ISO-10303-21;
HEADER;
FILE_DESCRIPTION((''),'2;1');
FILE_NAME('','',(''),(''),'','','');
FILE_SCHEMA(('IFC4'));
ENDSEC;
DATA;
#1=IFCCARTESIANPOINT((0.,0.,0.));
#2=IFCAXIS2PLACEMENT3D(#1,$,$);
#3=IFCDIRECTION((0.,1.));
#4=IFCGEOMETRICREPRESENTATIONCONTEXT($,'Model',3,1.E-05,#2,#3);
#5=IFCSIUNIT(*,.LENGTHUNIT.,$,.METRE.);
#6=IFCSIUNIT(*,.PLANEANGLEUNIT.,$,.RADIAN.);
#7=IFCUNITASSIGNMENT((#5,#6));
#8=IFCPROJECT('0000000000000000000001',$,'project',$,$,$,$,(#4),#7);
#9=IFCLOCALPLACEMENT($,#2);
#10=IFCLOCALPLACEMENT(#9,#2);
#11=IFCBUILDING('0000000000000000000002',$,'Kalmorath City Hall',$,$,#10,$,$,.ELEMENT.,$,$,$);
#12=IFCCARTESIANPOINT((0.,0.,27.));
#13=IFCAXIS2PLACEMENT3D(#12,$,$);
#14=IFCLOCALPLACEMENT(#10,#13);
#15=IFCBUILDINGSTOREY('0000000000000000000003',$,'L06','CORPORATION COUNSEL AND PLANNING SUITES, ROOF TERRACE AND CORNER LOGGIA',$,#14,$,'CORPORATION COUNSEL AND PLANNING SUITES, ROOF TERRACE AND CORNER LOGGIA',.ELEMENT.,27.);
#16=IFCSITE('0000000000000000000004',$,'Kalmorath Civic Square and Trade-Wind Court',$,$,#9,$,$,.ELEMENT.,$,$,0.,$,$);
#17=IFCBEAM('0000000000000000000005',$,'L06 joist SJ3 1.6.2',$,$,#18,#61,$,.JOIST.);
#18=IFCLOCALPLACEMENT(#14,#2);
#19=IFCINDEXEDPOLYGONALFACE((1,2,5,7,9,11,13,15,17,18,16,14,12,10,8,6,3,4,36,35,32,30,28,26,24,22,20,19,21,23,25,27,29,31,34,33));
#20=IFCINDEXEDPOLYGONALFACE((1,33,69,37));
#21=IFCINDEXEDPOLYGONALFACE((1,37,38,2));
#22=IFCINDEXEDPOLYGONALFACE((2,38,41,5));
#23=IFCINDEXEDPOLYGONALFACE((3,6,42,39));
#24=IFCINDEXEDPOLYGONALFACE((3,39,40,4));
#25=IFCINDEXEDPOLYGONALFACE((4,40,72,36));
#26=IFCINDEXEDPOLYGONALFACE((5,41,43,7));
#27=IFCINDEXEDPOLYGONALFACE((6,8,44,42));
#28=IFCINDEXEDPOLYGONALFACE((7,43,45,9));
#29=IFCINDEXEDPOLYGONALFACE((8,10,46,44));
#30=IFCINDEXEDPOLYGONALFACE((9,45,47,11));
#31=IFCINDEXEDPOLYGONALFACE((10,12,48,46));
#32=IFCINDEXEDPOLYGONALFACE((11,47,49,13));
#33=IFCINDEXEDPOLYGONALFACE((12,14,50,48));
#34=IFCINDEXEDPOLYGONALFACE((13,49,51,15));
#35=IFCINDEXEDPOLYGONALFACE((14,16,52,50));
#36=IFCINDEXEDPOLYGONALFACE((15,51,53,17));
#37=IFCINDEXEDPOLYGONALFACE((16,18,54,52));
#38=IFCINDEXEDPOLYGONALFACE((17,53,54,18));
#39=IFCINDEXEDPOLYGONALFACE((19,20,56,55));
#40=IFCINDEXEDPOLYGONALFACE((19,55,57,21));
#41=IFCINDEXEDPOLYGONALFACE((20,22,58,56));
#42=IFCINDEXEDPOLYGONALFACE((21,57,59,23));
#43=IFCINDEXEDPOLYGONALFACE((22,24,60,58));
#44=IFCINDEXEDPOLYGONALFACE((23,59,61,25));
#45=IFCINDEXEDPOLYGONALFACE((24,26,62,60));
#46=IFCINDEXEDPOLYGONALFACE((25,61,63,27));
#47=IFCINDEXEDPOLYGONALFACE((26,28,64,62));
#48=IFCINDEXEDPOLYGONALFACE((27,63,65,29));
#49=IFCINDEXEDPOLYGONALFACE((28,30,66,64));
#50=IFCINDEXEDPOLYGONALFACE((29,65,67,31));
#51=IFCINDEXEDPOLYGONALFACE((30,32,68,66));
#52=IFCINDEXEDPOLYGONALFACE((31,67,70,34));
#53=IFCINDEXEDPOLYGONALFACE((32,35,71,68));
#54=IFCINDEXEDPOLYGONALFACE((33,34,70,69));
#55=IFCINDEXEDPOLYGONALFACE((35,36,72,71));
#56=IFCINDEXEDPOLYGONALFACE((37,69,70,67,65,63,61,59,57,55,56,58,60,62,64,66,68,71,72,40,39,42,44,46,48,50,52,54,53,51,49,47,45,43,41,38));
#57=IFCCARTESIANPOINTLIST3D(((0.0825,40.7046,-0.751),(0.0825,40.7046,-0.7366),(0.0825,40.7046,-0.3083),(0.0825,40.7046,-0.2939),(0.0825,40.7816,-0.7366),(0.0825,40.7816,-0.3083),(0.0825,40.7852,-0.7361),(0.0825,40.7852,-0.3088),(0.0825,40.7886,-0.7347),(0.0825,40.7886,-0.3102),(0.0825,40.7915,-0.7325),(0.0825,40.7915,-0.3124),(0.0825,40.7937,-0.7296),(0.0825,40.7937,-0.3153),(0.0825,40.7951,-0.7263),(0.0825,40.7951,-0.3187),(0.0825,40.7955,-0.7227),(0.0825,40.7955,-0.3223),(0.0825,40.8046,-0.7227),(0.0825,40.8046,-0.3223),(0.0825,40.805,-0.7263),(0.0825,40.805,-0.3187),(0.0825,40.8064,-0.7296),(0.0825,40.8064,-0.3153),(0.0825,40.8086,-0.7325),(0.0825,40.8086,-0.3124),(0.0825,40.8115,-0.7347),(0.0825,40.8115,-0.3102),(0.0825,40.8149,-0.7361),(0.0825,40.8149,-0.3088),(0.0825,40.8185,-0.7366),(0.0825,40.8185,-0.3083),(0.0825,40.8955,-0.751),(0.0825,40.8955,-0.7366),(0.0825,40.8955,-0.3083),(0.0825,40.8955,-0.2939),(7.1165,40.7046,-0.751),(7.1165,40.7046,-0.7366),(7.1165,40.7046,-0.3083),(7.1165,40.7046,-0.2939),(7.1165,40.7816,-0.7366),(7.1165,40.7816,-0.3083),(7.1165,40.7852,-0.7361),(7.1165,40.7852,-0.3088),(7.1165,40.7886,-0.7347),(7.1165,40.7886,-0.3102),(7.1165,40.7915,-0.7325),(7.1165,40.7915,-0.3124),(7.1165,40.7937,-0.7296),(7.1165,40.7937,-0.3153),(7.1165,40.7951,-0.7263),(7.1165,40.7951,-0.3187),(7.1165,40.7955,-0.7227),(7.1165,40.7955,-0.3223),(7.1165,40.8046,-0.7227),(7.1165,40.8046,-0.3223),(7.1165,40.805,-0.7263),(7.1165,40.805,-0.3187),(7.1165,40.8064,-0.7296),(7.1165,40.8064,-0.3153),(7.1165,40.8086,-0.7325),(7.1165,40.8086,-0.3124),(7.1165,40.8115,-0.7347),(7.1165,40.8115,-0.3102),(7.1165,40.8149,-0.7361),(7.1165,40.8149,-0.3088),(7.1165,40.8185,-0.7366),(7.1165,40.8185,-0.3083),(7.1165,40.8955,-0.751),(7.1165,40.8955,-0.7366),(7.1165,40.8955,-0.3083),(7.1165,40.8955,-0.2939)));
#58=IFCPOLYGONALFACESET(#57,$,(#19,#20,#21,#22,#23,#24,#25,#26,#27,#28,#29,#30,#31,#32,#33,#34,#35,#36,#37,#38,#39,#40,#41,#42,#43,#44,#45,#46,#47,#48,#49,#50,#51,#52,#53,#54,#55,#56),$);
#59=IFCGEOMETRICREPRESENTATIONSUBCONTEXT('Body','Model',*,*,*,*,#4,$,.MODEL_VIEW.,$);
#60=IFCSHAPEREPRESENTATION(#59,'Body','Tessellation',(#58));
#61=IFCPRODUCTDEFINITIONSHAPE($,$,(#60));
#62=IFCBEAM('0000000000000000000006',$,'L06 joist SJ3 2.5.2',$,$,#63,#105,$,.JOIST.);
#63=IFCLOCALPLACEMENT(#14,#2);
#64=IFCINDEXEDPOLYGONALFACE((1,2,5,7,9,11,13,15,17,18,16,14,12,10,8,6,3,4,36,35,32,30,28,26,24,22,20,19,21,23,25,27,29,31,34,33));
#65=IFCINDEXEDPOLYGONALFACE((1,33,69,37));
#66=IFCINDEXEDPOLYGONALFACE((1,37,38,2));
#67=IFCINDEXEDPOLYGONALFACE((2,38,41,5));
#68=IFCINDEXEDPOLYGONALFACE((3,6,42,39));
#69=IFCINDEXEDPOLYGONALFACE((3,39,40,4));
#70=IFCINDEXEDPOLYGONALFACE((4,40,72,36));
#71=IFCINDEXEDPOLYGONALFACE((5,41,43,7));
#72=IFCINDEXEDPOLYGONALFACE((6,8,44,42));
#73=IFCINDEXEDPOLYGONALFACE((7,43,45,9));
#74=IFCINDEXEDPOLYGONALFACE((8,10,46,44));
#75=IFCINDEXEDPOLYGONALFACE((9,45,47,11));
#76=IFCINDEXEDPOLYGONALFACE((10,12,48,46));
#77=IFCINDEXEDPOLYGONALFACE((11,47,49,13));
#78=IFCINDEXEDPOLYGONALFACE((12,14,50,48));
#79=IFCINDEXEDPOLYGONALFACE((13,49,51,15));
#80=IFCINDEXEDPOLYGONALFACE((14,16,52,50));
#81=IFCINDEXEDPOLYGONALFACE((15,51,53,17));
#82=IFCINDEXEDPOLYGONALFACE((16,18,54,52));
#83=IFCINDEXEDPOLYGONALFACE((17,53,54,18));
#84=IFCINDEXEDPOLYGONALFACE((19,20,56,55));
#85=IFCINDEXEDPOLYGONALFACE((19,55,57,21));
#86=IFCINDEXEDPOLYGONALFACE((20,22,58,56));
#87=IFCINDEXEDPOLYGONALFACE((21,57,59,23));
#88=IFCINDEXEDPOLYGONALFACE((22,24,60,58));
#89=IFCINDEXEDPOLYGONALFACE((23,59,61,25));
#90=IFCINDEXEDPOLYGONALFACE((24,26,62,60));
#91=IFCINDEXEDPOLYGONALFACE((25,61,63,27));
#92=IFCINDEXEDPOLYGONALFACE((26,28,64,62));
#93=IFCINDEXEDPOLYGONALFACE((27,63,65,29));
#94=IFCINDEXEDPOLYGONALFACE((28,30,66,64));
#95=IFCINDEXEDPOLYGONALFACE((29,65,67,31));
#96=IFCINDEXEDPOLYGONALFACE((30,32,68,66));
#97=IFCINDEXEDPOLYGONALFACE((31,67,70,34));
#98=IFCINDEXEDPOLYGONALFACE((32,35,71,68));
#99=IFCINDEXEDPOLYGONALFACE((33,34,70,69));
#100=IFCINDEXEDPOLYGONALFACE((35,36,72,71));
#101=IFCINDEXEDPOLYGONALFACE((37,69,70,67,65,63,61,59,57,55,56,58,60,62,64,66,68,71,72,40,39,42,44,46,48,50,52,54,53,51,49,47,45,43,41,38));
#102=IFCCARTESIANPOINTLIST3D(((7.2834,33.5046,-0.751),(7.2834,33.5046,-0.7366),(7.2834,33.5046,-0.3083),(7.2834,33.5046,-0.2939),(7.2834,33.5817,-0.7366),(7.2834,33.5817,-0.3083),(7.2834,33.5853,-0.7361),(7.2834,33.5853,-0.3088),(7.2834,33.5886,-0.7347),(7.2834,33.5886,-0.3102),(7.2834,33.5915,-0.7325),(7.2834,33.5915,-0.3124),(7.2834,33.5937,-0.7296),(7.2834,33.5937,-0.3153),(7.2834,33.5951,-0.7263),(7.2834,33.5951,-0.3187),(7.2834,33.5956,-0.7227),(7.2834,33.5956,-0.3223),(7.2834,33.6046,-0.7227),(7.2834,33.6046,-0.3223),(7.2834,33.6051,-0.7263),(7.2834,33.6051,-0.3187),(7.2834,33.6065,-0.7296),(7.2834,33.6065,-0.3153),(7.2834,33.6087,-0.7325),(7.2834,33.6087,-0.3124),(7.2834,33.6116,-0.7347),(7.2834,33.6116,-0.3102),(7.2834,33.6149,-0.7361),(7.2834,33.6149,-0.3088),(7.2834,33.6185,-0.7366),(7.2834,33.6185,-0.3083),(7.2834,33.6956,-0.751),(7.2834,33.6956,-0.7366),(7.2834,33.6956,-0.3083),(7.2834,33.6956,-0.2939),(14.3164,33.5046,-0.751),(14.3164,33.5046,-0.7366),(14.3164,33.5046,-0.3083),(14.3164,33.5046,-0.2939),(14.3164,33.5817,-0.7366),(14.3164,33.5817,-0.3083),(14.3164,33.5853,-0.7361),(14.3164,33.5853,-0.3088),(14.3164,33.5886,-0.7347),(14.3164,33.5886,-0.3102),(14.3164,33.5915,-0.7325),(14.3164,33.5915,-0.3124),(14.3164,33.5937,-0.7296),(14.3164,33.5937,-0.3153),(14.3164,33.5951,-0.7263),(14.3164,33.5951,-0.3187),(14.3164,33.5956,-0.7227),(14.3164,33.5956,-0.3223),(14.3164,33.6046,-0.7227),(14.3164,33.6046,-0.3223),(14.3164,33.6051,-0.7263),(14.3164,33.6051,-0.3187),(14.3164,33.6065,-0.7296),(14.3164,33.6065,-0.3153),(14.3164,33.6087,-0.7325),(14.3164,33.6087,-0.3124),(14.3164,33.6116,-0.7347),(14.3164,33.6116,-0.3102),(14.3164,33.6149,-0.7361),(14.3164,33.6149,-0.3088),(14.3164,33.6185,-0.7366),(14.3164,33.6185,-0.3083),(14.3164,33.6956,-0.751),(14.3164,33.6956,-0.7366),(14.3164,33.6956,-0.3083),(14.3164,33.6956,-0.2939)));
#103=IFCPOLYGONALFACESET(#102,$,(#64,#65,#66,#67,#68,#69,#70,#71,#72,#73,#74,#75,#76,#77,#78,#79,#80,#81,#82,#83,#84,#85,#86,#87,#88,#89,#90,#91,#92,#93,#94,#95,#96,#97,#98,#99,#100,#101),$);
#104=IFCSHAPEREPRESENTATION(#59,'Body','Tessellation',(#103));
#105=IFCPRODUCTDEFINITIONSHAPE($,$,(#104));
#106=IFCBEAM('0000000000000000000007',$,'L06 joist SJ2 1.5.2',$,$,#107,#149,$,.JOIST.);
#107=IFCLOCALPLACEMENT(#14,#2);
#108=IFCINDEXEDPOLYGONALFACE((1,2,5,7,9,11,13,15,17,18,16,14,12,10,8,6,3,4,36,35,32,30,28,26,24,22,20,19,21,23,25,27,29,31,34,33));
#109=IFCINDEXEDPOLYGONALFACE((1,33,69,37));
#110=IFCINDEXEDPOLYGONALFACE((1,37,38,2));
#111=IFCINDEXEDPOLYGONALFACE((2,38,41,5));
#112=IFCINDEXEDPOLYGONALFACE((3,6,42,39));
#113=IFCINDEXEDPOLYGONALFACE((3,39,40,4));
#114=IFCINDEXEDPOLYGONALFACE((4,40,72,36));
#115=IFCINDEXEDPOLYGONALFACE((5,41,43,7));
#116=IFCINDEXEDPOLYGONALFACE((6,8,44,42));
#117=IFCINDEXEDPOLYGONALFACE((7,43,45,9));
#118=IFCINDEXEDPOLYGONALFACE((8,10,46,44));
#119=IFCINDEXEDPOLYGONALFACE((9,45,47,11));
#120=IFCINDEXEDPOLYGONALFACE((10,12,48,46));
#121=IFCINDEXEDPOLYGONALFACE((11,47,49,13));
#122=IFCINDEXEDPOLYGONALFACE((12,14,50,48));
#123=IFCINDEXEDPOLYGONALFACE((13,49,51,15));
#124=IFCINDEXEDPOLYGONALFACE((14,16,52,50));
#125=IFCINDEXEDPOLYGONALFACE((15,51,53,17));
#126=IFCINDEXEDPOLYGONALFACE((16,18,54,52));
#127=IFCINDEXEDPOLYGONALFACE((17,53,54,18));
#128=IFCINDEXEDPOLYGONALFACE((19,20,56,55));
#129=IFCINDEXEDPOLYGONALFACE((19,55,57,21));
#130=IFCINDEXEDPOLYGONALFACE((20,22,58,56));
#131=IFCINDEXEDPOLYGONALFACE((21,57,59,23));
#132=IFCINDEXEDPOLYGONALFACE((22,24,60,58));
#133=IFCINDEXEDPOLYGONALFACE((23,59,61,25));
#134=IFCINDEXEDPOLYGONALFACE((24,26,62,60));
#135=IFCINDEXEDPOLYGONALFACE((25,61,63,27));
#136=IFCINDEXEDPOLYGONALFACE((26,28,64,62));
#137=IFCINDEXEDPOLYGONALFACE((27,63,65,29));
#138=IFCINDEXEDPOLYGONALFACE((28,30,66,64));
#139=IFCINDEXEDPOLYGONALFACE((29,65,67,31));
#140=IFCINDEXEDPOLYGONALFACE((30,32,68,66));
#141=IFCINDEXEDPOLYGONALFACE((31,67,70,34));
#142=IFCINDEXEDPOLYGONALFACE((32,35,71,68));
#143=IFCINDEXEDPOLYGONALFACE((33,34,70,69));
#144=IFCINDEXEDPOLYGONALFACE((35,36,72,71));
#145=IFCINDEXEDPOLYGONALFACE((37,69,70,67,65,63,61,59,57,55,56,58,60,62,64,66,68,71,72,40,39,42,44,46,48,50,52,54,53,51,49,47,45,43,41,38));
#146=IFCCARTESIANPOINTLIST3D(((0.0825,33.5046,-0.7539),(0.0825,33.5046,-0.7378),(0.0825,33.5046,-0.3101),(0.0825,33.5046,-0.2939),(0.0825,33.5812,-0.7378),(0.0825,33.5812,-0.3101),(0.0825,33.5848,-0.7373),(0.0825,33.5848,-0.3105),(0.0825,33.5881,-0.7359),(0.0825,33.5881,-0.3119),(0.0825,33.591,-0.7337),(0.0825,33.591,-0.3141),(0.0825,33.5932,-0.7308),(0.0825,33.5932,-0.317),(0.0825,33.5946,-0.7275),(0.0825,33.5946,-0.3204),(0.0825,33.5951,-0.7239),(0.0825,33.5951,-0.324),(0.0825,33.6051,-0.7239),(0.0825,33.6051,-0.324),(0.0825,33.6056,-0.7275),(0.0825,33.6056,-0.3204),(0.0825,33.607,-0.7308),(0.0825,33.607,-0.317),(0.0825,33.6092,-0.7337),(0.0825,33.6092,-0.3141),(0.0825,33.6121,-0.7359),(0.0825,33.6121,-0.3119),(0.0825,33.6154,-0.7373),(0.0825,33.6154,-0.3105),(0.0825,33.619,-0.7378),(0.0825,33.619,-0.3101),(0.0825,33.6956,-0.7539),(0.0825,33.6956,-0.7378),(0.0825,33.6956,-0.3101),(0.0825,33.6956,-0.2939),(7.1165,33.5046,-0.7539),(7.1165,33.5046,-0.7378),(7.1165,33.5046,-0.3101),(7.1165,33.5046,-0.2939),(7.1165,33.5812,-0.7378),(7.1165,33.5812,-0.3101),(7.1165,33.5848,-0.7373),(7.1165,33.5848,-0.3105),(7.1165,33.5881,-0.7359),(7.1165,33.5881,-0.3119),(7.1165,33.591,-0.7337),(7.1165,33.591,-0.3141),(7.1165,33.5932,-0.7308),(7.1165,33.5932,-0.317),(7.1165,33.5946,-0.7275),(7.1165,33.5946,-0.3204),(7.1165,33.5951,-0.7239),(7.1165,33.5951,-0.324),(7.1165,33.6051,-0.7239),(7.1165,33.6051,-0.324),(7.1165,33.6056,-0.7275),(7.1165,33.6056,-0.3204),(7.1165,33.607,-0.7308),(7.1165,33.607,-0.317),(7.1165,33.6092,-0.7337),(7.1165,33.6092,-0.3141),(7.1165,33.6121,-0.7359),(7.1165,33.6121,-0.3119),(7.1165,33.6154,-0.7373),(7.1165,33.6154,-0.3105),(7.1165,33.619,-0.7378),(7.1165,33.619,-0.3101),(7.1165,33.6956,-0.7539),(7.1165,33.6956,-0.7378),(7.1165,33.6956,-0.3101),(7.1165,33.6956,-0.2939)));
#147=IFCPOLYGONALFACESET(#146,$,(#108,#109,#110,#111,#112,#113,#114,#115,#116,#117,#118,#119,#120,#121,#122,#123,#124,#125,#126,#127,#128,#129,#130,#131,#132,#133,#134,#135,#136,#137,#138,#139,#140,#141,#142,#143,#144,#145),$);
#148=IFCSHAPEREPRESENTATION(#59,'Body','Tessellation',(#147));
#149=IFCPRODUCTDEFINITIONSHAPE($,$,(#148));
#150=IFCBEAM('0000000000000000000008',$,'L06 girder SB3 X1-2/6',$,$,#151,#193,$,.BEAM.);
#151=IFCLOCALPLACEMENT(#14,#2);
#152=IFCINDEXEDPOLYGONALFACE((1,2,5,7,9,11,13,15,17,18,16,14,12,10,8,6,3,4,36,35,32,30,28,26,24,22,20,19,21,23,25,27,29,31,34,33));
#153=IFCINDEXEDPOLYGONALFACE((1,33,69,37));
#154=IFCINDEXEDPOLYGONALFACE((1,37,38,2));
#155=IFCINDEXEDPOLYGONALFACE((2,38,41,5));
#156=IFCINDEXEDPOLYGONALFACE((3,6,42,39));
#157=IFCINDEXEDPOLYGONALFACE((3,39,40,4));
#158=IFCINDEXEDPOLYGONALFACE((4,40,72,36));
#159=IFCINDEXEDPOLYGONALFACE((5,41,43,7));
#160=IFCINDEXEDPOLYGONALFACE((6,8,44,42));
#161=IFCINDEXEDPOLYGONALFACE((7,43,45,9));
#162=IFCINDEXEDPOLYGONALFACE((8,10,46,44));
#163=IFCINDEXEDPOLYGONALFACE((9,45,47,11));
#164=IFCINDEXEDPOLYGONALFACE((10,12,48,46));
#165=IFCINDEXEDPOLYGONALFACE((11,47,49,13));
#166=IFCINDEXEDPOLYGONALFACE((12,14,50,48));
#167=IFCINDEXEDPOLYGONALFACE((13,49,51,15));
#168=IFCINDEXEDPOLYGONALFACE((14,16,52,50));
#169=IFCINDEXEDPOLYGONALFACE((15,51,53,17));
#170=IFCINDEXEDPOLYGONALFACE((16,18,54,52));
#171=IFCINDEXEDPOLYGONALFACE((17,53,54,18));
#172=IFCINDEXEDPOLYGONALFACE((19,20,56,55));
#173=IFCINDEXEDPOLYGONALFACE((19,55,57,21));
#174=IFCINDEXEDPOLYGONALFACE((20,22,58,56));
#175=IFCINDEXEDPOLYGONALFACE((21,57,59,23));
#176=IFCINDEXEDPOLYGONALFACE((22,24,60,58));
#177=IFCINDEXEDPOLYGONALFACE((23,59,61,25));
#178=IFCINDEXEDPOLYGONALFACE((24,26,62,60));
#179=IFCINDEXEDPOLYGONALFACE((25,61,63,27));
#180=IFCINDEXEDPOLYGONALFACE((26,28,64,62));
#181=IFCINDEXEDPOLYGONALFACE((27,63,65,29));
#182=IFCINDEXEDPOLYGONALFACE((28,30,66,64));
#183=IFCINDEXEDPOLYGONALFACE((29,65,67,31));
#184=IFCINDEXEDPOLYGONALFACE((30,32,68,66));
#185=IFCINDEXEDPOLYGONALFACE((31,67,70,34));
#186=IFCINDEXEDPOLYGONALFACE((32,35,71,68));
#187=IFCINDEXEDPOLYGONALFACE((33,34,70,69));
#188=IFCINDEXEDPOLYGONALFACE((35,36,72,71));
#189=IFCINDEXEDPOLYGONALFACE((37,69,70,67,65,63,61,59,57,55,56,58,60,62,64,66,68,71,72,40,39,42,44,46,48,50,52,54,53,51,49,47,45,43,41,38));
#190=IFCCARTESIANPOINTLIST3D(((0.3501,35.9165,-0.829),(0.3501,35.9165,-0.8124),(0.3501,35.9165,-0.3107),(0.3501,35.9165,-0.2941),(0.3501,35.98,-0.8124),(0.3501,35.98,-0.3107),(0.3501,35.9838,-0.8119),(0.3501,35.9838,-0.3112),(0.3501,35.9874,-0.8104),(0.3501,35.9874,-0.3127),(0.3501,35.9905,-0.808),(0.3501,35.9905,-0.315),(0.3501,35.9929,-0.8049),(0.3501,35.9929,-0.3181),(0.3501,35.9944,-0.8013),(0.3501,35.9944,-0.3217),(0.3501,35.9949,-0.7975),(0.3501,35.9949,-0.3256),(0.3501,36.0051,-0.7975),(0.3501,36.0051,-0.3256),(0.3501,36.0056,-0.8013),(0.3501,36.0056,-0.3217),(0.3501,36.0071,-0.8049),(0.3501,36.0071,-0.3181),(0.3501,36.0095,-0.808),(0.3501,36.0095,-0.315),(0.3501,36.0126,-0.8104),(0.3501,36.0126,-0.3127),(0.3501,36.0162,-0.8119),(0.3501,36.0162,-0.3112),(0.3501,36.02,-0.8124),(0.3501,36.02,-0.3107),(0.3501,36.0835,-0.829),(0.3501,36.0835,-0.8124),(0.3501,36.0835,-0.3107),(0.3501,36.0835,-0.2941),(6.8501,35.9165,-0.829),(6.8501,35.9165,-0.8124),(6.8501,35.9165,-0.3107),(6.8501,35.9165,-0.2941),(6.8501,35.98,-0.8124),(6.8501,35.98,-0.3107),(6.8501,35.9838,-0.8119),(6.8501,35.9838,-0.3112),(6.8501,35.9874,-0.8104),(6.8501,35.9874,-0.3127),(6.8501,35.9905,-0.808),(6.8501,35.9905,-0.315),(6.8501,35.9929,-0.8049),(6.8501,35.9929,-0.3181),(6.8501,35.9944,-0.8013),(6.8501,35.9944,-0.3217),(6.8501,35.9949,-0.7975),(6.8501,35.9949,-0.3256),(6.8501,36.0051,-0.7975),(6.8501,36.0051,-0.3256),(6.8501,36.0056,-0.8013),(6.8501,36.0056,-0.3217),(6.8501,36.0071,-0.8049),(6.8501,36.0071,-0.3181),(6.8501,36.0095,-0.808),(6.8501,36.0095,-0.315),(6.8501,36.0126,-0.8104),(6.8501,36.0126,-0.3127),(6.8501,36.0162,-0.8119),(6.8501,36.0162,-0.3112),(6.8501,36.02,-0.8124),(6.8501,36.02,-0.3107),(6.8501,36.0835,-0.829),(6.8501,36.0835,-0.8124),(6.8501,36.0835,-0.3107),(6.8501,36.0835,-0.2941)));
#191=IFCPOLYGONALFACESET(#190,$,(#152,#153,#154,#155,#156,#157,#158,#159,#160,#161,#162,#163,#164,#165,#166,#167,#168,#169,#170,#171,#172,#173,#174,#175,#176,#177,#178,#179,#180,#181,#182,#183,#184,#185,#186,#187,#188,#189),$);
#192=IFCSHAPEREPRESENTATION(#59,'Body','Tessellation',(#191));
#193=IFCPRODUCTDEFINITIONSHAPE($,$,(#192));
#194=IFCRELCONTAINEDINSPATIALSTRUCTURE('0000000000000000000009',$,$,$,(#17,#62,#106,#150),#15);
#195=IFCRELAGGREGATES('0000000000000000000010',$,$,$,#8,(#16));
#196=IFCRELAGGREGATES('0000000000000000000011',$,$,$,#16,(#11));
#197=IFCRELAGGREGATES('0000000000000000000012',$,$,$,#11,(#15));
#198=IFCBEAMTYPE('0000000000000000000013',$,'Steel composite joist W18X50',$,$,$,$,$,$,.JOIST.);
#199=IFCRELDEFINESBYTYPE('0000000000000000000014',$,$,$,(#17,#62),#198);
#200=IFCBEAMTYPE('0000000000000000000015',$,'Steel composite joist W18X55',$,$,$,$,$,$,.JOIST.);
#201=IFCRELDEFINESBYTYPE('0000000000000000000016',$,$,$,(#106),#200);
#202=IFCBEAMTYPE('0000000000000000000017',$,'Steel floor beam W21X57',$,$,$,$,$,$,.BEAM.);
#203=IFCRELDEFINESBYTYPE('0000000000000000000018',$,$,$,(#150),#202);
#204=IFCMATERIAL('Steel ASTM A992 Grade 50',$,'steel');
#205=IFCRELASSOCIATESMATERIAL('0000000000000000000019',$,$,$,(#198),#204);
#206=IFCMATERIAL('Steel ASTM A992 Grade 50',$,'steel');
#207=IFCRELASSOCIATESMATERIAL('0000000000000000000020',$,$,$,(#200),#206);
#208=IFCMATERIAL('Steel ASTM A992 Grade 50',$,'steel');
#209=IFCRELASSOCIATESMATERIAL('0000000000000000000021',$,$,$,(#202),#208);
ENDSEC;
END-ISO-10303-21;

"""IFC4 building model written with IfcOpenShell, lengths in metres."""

from ifc_helpers import new_model, si_unit, direction, frame, origin, origin_2d, place, context, subcontext, project, spatial, i_section, extrude, material, material_profile, profile_set, type_object, element, save


model = new_model("IFC4")

# Units and contexts
model_context = context("Model", 3, precision=1e-05, world=origin(), true_north=direction((0.0, 1.0)))
body_context = subcontext(model_context, "Body", "Model", "MODEL_VIEW")
ifc_project = project(units=[si_unit("LENGTHUNIT", "METRE"), si_unit("PLANEANGLEUNIT", "RADIAN")], contexts=[model_context])

# Site, building, storey
site_placement = place(None, origin())
site = spatial("IfcSite", under=ifc_project, at=site_placement, Name="Kalmorath Civic Square and Trade-Wind Court", CompositionType="ELEMENT", RefElevation=0.0)
building_placement = place(site_placement, origin())
building = spatial("IfcBuilding", under=site, at=building_placement, Name="Kalmorath City Hall", CompositionType="ELEMENT")
storey_placement = place(building_placement, frame((0.0, 0.0, 27.0)))
storey = spatial("IfcBuildingStorey", under=building, at=storey_placement, Name="L06", Description="CORPORATION COUNSEL AND PLANNING SUITES, ROOF TERRACE AND CORNER LOGGIA", LongName="CORPORATION COUNSEL AND PLANNING SUITES, ROOF TERRACE AND CORNER LOGGIA", CompositionType="ELEMENT", Elevation=27.0)

# Beams
ifc_material_1 = material(Name="Steel ASTM A992 Grade 50", Category="steel")
ifc_material_profile_1 = material_profile(ifc_material_1, i_section(OverallWidth=0.1909, OverallDepth=0.457, WebThickness=0.009, FlangeThickness=0.0144, FilletRadius=0.0139, at=origin_2d()), Name="W18X50")
ifc_profile_set_1 = profile_set([ifc_material_profile_1], Name="Steel ASTM A992 Grade 50")
beam_type_1 = type_object("IfcBeamType", Name="Steel composite joist W18X50", PredefinedType="JOIST", material=ifc_profile_set_1)
for number, where, z_axis, x_axis, name in (
    (1, (0.0825, 40.8, -0.5225), (1.0, 0.0, 0.0), (0.0, 1.0, 0.0), "L06 joist SJ3 1.6.2"),
):
    element("IfcBeam", number, at=place(storey_placement, frame(where, z_axis=z_axis, x_axis=x_axis)), inside=storey, type_object=beam_type_1, Name=name, PredefinedType="JOIST", context=body_context, shape_type="SweptSolid", body=[
        extrude(i_section(OverallWidth=0.1909, OverallDepth=0.457, WebThickness=0.009, FlangeThickness=0.0144, FilletRadius=0.0139, at=origin_2d()), origin(), (0.0, 0.0, 1.0), 7.0339),
    ])
beam_1_placement = place(storey_placement, frame((7.2834, 33.6001, -0.5225), z_axis=(1.0, 0.0, 0.0), x_axis=(0.0, 1.0, 0.0)))
element("IfcBeam", 2, at=beam_1_placement, inside=storey, type_object=beam_type_1, Name="L06 joist SJ3 2.5.2", PredefinedType="JOIST", context=body_context, shape_type="SweptSolid", body=[
    extrude(i_section(OverallWidth=0.1909, OverallDepth=0.457, WebThickness=0.009, FlangeThickness=0.0144, FilletRadius=0.0139, at=origin_2d()), origin(), (0.0, 0.0, 1.0), 7.033),
])
ifc_material_2 = material(Name="Steel ASTM A992 Grade 50", Category="steel")
ifc_material_profile_2 = material_profile(ifc_material_2, i_section(OverallWidth=0.1909, OverallDepth=0.46, WebThickness=0.01, FlangeThickness=0.0161, FilletRadius=0.0139, at=origin_2d()), Name="W18X55")
ifc_profile_set_2 = profile_set([ifc_material_profile_2], Name="Steel ASTM A992 Grade 50")
beam_type_2 = type_object("IfcBeamType", Name="Steel composite joist W18X55", PredefinedType="JOIST", material=ifc_profile_set_2)
beam_2_placement = place(storey_placement, frame((0.0825, 33.6001, -0.5239), z_axis=(1.0, 0.0, 0.0), x_axis=(0.0, 1.0, 0.0)))
element("IfcBeam", 3, at=beam_2_placement, inside=storey, type_object=beam_type_2, Name="L06 joist SJ2 1.5.2", PredefinedType="JOIST", context=body_context, shape_type="SweptSolid", body=[
    extrude(i_section(OverallWidth=0.1909, OverallDepth=0.46, WebThickness=0.01, FlangeThickness=0.0161, FilletRadius=0.0139, at=origin_2d()), origin(), (0.0, 0.0, 1.0), 7.0339),
])
ifc_material_3 = material(Name="Steel ASTM A992 Grade 50", Category="steel")
ifc_material_profile_3 = material_profile(ifc_material_3, i_section(OverallWidth=0.167, OverallDepth=0.5349, WebThickness=0.0103, FlangeThickness=0.0166, FilletRadius=0.0149, at=origin_2d()), Name="W21X57")
ifc_profile_set_3 = profile_set([ifc_material_profile_3], Name="Steel ASTM A992 Grade 50")
beam_type_3 = type_object("IfcBeamType", Name="Steel floor beam W21X57", PredefinedType="BEAM", material=ifc_profile_set_3)
for number, where, z_axis, x_axis, name in (
    (4, (0.3501, 36.0, -0.5615), (1.0, 0.0, 0.0), (0.0, 1.0, 0.0), "L06 girder SB3 X1-2/6"),
):
    element("IfcBeam", number, at=place(storey_placement, frame(where, z_axis=z_axis, x_axis=x_axis)), inside=storey, type_object=beam_type_3, Name=name, PredefinedType="BEAM", context=body_context, shape_type="SweptSolid", body=[
        extrude(i_section(OverallWidth=0.167, OverallDepth=0.5349, WebThickness=0.0103, FlangeThickness=0.0166, FilletRadius=0.0149, at=origin_2d()), origin(), (0.0, 0.0, 1.0), 6.5),
    ])

save(model, "model.ifc")
